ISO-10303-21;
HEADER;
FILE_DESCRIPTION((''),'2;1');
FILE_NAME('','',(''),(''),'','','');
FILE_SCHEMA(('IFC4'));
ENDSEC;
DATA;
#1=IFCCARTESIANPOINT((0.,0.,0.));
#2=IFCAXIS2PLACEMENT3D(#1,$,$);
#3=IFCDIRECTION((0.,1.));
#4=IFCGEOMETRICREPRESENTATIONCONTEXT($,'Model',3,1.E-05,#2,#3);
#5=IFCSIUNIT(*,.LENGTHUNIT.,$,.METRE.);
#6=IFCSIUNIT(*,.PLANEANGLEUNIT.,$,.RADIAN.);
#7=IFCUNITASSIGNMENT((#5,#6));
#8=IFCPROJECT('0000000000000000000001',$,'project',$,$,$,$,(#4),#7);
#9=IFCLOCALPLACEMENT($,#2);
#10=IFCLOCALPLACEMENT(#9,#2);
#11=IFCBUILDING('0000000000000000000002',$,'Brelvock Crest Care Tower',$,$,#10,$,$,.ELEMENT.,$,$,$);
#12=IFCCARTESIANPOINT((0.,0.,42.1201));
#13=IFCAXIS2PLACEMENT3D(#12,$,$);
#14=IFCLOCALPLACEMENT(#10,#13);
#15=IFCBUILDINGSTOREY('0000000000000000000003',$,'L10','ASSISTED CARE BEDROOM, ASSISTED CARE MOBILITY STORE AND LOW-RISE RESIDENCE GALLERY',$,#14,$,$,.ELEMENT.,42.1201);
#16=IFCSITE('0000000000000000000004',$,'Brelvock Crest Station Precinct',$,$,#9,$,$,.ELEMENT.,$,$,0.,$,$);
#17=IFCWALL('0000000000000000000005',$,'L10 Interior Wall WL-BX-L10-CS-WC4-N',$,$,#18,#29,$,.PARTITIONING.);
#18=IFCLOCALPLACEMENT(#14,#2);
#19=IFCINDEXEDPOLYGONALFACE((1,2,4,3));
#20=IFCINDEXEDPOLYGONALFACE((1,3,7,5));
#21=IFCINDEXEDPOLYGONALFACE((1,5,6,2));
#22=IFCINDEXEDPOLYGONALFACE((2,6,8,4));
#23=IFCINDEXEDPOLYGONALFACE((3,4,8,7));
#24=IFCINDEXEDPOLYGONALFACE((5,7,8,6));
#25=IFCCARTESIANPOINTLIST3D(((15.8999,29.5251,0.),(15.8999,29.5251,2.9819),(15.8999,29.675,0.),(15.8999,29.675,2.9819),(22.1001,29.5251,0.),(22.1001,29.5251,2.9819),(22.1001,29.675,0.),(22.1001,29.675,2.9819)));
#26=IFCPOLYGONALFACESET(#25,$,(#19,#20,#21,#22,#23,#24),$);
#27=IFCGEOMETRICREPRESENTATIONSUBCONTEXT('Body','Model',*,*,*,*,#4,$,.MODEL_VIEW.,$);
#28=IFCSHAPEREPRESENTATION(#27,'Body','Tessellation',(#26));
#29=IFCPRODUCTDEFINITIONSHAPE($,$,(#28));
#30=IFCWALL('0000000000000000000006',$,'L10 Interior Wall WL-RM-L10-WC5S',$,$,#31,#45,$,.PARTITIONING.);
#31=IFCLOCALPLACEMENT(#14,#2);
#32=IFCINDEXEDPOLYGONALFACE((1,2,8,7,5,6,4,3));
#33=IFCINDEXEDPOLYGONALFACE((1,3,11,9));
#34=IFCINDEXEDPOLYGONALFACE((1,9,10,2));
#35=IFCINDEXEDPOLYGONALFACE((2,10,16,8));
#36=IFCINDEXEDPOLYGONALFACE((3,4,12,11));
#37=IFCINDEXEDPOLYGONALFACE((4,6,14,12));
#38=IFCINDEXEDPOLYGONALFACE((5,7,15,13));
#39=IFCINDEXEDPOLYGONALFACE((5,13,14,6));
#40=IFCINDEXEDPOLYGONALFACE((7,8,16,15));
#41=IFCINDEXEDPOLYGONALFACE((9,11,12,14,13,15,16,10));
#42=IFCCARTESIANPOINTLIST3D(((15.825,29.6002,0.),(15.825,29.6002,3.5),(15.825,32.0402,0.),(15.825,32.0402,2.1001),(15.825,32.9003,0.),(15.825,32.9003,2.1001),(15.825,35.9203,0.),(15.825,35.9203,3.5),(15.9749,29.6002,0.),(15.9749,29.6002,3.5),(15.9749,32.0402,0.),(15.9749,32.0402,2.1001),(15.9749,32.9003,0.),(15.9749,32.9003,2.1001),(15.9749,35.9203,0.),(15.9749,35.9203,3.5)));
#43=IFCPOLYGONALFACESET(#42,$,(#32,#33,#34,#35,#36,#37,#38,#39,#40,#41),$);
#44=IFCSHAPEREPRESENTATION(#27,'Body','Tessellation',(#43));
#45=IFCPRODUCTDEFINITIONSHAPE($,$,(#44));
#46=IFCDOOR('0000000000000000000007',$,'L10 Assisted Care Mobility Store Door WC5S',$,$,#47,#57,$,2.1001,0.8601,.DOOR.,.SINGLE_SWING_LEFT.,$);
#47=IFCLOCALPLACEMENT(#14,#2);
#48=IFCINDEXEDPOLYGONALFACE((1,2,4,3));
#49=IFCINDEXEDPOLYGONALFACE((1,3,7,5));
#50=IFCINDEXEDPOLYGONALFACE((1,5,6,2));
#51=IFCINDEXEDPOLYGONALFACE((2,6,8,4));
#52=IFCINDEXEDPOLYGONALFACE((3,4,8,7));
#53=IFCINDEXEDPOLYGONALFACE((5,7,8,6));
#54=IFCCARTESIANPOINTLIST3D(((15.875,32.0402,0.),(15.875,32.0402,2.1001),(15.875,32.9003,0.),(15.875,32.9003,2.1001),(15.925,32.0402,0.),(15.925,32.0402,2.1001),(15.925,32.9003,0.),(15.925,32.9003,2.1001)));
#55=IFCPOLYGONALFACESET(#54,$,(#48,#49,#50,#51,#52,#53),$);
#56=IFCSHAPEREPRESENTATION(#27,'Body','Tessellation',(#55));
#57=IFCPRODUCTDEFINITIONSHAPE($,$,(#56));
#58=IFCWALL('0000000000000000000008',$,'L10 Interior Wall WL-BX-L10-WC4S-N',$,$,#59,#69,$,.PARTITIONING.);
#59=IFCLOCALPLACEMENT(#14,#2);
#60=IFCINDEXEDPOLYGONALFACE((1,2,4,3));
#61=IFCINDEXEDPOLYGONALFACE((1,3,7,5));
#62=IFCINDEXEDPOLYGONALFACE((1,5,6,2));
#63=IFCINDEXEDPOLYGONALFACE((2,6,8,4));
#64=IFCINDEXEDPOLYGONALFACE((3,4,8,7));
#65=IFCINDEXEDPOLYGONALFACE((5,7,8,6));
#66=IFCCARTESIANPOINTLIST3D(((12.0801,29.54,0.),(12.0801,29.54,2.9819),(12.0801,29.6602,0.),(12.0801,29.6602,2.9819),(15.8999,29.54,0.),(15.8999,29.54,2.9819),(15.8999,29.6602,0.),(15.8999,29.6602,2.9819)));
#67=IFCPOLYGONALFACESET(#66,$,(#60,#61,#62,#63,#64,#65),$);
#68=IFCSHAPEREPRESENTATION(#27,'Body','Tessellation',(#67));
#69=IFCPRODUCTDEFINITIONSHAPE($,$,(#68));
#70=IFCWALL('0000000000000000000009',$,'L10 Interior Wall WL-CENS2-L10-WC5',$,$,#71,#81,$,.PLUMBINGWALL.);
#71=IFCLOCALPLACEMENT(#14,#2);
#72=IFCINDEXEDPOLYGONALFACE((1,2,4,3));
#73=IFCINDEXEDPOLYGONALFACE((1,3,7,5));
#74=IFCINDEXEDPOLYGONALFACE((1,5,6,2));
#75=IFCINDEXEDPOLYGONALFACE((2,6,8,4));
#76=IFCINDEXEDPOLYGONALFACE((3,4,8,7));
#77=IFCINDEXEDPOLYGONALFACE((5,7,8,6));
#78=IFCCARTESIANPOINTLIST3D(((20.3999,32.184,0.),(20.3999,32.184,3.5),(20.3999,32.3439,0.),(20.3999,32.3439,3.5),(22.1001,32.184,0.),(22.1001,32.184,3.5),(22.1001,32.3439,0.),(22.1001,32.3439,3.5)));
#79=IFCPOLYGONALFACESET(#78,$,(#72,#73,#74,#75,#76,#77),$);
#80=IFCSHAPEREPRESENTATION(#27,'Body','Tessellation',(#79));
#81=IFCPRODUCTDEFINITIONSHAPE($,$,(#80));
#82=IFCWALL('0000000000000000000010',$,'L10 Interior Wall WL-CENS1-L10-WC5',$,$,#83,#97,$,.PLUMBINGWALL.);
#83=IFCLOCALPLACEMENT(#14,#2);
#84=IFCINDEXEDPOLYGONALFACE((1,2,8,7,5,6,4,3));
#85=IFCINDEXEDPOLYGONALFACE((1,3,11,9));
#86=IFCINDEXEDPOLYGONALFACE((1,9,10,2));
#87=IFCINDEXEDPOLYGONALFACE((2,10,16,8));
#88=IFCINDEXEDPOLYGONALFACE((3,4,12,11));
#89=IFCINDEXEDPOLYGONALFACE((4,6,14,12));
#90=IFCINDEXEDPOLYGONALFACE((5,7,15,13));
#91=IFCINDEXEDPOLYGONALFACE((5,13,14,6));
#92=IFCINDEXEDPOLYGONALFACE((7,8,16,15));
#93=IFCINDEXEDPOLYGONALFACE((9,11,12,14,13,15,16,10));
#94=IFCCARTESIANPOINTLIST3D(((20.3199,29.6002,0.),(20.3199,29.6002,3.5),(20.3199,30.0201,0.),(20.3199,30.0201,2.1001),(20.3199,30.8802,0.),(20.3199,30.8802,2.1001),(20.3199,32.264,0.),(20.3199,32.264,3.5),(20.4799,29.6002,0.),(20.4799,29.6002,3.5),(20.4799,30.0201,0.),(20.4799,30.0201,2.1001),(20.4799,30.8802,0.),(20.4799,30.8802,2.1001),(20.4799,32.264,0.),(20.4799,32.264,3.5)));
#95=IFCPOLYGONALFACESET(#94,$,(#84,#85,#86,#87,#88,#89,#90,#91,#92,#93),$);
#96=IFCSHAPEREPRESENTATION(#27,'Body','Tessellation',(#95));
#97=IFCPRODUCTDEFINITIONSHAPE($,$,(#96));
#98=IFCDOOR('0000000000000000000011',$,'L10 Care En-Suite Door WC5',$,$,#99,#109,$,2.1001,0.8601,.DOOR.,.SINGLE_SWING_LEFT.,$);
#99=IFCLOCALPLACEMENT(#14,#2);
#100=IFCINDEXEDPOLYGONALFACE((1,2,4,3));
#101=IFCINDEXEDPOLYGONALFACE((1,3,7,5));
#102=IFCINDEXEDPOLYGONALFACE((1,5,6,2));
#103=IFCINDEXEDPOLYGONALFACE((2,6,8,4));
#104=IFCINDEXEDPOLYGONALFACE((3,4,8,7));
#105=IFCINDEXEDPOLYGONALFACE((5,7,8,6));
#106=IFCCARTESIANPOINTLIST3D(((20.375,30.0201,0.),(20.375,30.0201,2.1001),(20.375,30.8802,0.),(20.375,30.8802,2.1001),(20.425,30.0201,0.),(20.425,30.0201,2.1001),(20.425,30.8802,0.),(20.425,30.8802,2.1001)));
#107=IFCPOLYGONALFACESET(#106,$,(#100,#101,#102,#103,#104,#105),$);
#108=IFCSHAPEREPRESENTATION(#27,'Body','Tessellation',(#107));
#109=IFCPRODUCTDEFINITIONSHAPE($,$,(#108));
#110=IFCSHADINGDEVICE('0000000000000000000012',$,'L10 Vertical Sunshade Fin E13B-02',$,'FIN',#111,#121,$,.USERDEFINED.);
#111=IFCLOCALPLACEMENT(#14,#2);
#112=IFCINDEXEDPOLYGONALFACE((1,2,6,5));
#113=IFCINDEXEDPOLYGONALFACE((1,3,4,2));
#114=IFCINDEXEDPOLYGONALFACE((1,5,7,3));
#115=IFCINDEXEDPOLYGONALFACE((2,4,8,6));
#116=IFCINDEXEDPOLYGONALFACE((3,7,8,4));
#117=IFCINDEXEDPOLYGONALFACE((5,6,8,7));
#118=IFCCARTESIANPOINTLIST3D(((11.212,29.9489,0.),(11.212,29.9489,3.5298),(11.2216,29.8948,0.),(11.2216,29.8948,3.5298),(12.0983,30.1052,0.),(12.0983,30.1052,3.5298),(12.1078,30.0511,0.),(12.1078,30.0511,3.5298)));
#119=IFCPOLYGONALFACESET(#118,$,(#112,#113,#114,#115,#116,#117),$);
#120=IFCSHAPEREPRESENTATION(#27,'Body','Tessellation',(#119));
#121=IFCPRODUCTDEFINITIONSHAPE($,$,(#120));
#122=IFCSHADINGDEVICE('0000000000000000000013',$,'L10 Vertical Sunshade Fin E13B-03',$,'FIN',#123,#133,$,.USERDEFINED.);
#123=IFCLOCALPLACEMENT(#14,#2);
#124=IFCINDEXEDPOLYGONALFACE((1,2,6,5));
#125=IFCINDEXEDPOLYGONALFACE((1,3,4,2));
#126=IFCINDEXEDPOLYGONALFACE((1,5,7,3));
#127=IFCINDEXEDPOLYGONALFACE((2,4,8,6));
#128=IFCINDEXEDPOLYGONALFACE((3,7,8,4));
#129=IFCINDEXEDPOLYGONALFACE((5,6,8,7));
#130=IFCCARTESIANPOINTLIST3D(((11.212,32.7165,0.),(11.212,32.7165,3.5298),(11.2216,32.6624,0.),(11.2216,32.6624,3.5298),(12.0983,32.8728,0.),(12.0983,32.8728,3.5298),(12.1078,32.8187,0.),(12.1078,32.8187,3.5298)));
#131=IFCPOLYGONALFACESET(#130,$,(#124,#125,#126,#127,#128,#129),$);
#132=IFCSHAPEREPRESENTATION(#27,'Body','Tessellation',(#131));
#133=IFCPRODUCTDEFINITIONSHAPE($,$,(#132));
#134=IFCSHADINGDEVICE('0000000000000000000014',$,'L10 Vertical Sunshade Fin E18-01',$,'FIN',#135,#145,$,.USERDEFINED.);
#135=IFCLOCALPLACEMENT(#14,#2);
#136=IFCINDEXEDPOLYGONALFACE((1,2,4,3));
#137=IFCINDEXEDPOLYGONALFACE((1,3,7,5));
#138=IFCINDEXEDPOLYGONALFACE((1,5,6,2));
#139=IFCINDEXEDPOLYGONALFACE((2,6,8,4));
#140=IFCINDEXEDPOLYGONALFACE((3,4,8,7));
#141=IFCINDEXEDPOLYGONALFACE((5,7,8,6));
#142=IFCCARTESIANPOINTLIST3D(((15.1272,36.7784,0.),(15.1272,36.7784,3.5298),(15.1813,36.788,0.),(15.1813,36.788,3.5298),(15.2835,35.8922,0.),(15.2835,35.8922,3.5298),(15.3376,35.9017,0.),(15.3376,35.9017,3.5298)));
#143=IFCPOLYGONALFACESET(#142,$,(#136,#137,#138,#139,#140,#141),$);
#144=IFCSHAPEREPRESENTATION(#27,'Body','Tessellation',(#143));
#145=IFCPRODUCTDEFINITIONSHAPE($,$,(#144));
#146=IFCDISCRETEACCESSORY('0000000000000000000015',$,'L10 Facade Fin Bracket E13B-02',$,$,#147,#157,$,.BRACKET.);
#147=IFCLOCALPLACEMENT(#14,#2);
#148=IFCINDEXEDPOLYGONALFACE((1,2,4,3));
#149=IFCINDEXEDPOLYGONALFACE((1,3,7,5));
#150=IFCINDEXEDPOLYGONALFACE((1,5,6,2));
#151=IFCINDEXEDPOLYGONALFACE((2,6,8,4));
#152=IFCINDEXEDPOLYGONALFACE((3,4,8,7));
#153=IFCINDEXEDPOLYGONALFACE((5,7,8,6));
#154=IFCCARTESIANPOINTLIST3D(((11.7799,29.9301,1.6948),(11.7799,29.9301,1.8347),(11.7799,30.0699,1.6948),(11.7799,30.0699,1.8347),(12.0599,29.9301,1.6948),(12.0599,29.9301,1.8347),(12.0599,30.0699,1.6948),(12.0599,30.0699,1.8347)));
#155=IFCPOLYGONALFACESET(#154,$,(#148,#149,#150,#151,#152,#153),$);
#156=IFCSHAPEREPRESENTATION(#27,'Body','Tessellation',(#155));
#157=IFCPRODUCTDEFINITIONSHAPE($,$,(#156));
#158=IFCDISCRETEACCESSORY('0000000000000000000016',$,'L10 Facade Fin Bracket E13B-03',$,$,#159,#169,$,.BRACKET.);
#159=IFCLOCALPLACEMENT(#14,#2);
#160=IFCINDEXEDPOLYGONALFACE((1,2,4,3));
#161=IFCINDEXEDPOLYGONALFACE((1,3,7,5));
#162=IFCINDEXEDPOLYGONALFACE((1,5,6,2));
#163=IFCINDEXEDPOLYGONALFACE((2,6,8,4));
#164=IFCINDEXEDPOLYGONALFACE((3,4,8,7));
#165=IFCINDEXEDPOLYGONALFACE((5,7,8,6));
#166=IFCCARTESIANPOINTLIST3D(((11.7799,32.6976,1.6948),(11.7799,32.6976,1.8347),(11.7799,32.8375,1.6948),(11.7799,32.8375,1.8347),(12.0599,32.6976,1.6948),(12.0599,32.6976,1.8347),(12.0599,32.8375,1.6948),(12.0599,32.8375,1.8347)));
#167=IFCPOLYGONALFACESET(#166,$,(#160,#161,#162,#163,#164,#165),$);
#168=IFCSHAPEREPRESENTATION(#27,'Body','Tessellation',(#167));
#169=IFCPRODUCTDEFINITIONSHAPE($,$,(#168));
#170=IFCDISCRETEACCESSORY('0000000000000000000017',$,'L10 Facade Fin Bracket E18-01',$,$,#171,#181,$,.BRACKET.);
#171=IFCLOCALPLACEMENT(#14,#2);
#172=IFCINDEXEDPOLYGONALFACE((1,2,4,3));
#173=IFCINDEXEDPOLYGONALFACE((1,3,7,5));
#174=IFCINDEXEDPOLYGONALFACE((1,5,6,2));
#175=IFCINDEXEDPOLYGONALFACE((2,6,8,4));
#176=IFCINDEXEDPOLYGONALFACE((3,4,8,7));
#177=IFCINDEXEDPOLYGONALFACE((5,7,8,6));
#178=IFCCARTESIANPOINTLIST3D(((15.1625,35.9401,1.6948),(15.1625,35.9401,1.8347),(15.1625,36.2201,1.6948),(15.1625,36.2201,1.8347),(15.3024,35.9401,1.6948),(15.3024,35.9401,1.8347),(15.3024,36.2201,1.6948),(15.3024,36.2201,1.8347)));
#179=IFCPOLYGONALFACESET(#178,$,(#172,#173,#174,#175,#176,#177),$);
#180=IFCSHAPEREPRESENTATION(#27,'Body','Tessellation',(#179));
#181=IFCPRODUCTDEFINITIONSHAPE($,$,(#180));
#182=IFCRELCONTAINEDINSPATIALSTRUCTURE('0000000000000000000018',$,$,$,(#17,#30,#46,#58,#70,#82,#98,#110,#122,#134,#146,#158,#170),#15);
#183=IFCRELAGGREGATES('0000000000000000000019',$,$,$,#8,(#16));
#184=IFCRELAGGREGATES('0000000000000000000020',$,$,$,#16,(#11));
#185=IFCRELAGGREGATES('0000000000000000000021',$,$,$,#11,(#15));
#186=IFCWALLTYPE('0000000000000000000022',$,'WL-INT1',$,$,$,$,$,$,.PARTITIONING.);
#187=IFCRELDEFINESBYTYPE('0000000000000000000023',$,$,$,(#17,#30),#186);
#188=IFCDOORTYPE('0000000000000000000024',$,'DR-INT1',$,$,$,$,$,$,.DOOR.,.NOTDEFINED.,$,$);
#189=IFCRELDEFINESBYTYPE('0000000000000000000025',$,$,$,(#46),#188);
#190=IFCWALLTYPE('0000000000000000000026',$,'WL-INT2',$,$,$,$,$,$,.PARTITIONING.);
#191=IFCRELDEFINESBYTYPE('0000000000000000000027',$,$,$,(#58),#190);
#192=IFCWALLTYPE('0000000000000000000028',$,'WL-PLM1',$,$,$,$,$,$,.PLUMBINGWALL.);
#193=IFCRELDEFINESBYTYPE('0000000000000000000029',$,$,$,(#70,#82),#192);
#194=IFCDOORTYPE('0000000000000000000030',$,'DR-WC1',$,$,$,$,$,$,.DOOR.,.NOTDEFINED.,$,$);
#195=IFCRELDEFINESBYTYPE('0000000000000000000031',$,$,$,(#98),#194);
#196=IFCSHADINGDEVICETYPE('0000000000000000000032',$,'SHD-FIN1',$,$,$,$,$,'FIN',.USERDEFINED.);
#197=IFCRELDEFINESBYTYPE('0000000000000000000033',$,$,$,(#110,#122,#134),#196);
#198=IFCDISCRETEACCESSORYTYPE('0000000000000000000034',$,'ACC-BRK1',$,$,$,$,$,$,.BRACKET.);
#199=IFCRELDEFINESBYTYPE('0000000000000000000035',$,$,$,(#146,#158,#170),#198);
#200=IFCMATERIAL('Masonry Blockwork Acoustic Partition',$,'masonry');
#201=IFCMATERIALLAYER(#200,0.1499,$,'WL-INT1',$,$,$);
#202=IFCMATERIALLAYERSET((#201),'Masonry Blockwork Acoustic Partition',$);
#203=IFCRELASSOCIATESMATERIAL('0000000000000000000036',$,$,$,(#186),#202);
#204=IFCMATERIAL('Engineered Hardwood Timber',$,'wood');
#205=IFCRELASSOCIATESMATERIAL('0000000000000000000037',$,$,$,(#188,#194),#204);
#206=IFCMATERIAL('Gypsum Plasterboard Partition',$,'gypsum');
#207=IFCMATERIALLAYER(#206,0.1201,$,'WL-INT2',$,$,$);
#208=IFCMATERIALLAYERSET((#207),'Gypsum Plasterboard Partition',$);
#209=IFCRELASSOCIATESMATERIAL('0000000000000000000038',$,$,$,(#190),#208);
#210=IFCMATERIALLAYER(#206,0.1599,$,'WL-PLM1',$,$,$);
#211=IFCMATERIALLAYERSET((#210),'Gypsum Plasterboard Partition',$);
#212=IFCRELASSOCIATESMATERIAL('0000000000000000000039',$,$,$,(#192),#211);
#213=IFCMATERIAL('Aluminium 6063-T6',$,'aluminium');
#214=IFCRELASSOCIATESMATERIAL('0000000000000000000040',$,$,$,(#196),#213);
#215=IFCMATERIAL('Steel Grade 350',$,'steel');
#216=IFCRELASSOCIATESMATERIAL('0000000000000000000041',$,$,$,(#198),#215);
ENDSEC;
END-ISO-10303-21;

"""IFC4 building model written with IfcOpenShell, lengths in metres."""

from ifc_helpers import new_model, si_unit, direction, frame, frame_2d, origin, origin_2d, place, context, subcontext, project, spatial, rectangle, extrude, source, transform, mapped, material, layer, layer_set, material_profile, profile_set, type_object, element, fill, save


model = new_model("IFC4")

# Units and contexts
model_context = context("Model", 3, precision=1e-05, world=origin(), true_north=direction((0.0, 1.0)))
body_context = subcontext(model_context, "Body", "Model", "MODEL_VIEW")
ifc_project = project(units=[si_unit("LENGTHUNIT", "METRE"), si_unit("PLANEANGLEUNIT", "RADIAN")], contexts=[model_context])

# Site, building, storey
site_placement = place(None, origin())
site = spatial("IfcSite", under=ifc_project, at=site_placement, Name="Brelvock Crest Station Precinct", CompositionType="ELEMENT", RefElevation=0.0)
building_placement = place(site_placement, origin())
building = spatial("IfcBuilding", under=site, at=building_placement, Name="Brelvock Crest Care Tower", CompositionType="ELEMENT")
storey_placement = place(building_placement, frame((0.0, 0.0, 42.1201)))
storey = spatial("IfcBuildingStorey", under=building, at=storey_placement, Name="L10", Description="ASSISTED CARE BEDROOM, ASSISTED CARE MOBILITY STORE AND LOW-RISE RESIDENCE GALLERY", CompositionType="ELEMENT", Elevation=42.1201)

# Shared definitions
ifc_material_1 = material(Name="Steel Grade 350", Category="steel")

# Shared definitions
ifc_material_2 = material(Name="Aluminium 6063-T6", Category="aluminium")

# Wall
ifc_material_3 = material(Name="Masonry Blockwork Acoustic Partition", Category="masonry")
ifc_layer_1 = layer(ifc_material_3, 0.1499, Name="WL-INT1")
ifc_layer_set_1 = layer_set([ifc_layer_1], Name="Masonry Blockwork Acoustic Partition")
wall_type_1 = type_object("IfcWallType", Name="WL-INT1", PredefinedType="PARTITIONING", material=ifc_layer_set_1)
wall_1_placement = place(storey_placement, frame((15.8999, 29.6001, 0.0), z_axis=(0.0, 0.0, 1.0), x_axis=(1.0, 0.0, 0.0)))
element("IfcWall", 1, at=wall_1_placement, inside=storey, type_object=wall_type_1, Name="L10 Interior Wall WL-BX-L10-CS-WC4-N", PredefinedType="PARTITIONING", context=body_context, shape_type="SweptSolid", body=[
    extrude(rectangle(XDim=6.2002, YDim=0.1499, at=frame_2d((3.1001, 0.0))), origin(), (0.0, 0.0, 1.0), 2.9819),
])

# Wall, opening, door
wall_2_placement = place(storey_placement, frame((15.8999, 29.6001, 0.0), z_axis=(0.0, 0.0, 1.0), x_axis=(0.0, 1.0, 0.0)))
wall_2 = element("IfcWall", 2, at=wall_2_placement, inside=storey, type_object=wall_type_1, Name="L10 Interior Wall WL-RM-L10-WC5S", PredefinedType="PARTITIONING", context=body_context, shape_type="SweptSolid", body=[
    extrude(rectangle(XDim=6.3201, YDim=0.1499, at=frame_2d((3.1602, 0.0))), origin(), (0.0, 0.0, 1.0), 3.5),
])
opening_1_placement = place(wall_2_placement, frame((2.4399, 0.0, 0.0)))
opening_1 = element("IfcOpeningElement", 3, at=opening_1_placement, cuts=wall_2, PredefinedType="OPENING", context=body_context, shape_type="SweptSolid", body=[
    extrude(rectangle(XDim=0.8601, YDim=2.1001, at=origin_2d()), frame((0.4302, 0.085, 1.05), z_axis=(0.0, -1.0, 0.0), x_axis=(1.0, 0.0, 0.0)), (0.0, 0.0, 1.0), 0.1699),
])
ifc_material_4 = material(Name="Engineered Hardwood Timber", Category="wood")
door_type_1 = type_object("IfcDoorType", Name="DR-INT1", OperationType="NOTDEFINED", PredefinedType="DOOR", material=ifc_material_4)
shared_shape_1 = source(origin(), body_context, "Body", "SweptSolid", [
    extrude(rectangle(XDim=0.8601, YDim=2.1001, at=origin_2d()), frame((0.4302, 0.0249, 1.05), z_axis=(0.0, -1.0, 0.0), x_axis=(1.0, 0.0, 0.0)), (0.0, 0.0, 1.0), 0.05),
])
door_1_placement = place(opening_1_placement, origin())
door_1 = element("IfcDoor", 4, at=door_1_placement, inside=storey, type_object=door_type_1, Name="L10 Assisted Care Mobility Store Door WC5S", OperationType="SINGLE_SWING_LEFT", OverallHeight=2.1001, OverallWidth=0.8601, PredefinedType="DOOR", context=body_context, shape_type="MappedRepresentation", body=[
    mapped(shared_shape_1, transform((0.0, 0.0, 0.0), x_axis=(1.0, 0.0, 0.0), y_axis=(0.0, 1.0, 0.0), z_axis=(0.0, 0.0, 1.0), scale=1.0)),
])
fill(opening_1, door_1)

# Walls
ifc_material_5 = material(Name="Gypsum Plasterboard Partition", Category="gypsum")
ifc_layer_2 = layer(ifc_material_5, 0.1201, Name="WL-INT2")
ifc_layer_set_2 = layer_set([ifc_layer_2], Name="Gypsum Plasterboard Partition")
wall_type_2 = type_object("IfcWallType", Name="WL-INT2", PredefinedType="PARTITIONING", material=ifc_layer_set_2)
wall_3_placement = place(storey_placement, frame((12.0801, 29.6001, 0.0), z_axis=(0.0, 0.0, 1.0), x_axis=(1.0, 0.0, 0.0)))
element("IfcWall", 5, at=wall_3_placement, inside=storey, type_object=wall_type_2, Name="L10 Interior Wall WL-BX-L10-WC4S-N", PredefinedType="PARTITIONING", context=body_context, shape_type="SweptSolid", body=[
    extrude(rectangle(XDim=3.8198, YDim=0.1201, at=frame_2d((1.9099, 0.0))), origin(), (0.0, 0.0, 1.0), 2.9819),
])
ifc_layer_3 = layer(ifc_material_5, 0.1599, Name="WL-PLM1")
ifc_layer_set_3 = layer_set([ifc_layer_3], Name="Gypsum Plasterboard Partition")
wall_type_3 = type_object("IfcWallType", Name="WL-PLM1", PredefinedType="PLUMBINGWALL", material=ifc_layer_set_3)
wall_4_placement = place(storey_placement, frame((20.3999, 32.2639, 0.0), z_axis=(0.0, 0.0, 1.0), x_axis=(1.0, 0.0, 0.0)))
element("IfcWall", 6, at=wall_4_placement, inside=storey, type_object=wall_type_3, Name="L10 Interior Wall WL-CENS2-L10-WC5", PredefinedType="PLUMBINGWALL", context=body_context, shape_type="SweptSolid", body=[
    extrude(rectangle(XDim=1.7002, YDim=0.1599, at=frame_2d((0.8501, 0.0))), origin(), (0.0, 0.0, 1.0), 3.5),
])

# Wall, opening, door
wall_5_placement = place(storey_placement, frame((20.3999, 29.6001, 0.0), z_axis=(0.0, 0.0, 1.0), x_axis=(0.0, 1.0, 0.0)))
wall_5 = element("IfcWall", 7, at=wall_5_placement, inside=storey, type_object=wall_type_3, Name="L10 Interior Wall WL-CENS1-L10-WC5", PredefinedType="PLUMBINGWALL", context=body_context, shape_type="SweptSolid", body=[
    extrude(rectangle(XDim=2.6638, YDim=0.1599, at=frame_2d((1.332, 0.0))), origin(), (0.0, 0.0, 1.0), 3.5),
])
opening_2_placement = place(wall_5_placement, frame((0.4199, 0.0, 0.0)))
opening_2 = element("IfcOpeningElement", 8, at=opening_2_placement, cuts=wall_5, PredefinedType="OPENING", context=body_context, shape_type="SweptSolid", body=[
    extrude(rectangle(XDim=0.8601, YDim=2.1001, at=origin_2d()), frame((0.4302, 0.0898, 1.05), z_axis=(0.0, -1.0, 0.0), x_axis=(1.0, 0.0, 0.0)), (0.0, 0.0, 1.0), 0.1799),
])
door_type_2 = type_object("IfcDoorType", Name="DR-WC1", OperationType="NOTDEFINED", PredefinedType="DOOR", material=ifc_material_4)
shared_shape_2 = source(origin(), body_context, "Body", "SweptSolid", [
    extrude(rectangle(XDim=0.8601, YDim=2.1001, at=origin_2d()), frame((0.4302, 0.0249, 1.05), z_axis=(0.0, -1.0, 0.0), x_axis=(1.0, 0.0, 0.0)), (0.0, 0.0, 1.0), 0.05),
])
door_2_placement = place(opening_2_placement, origin())
door_2 = element("IfcDoor", 9, at=door_2_placement, inside=storey, type_object=door_type_2, Name="L10 Care En-Suite Door WC5", OperationType="SINGLE_SWING_LEFT", OverallHeight=2.1001, OverallWidth=0.8601, PredefinedType="DOOR", context=body_context, shape_type="MappedRepresentation", body=[
    mapped(shared_shape_2, transform((0.0, 0.0, 0.0), x_axis=(1.0, 0.0, 0.0), y_axis=(0.0, 1.0, 0.0), z_axis=(0.0, 0.0, 1.0), scale=1.0)),
])
fill(opening_2, door_2)

# Shading devices
ifc_material_profile_1 = material_profile(ifc_material_2, rectangle(XDim=0.0549, YDim=0.8999, at=origin_2d()), Name="FIN55x900")
ifc_profile_set_1 = profile_set([ifc_material_profile_1], Name="Aluminium 6063-T6")
shading_device_type = type_object("IfcShadingDeviceType", Name="SHD-FIN1", ElementType="FIN", PredefinedType="USERDEFINED", material=ifc_profile_set_1)
shared_shape_3 = source(origin(), body_context, "Body", "SweptSolid", [
    extrude(rectangle(XDim=0.0549, YDim=0.8999, at=origin_2d()), origin(), (0.0, 0.0, 1.0), 3.5298),
])
for number, where, z_axis, x_axis, name in (
    (10, (11.6599, 30.0, 0.0), (0.0, 0.0, 1.0), (-0.173648, 0.984808, 0.0), "L10 Vertical Sunshade Fin E13B-02"),
    (11, (11.6599, 32.7676, 0.0), (0.0, 0.0, 1.0), (-0.173648, 0.984808, 0.0), "L10 Vertical Sunshade Fin E13B-03"),
    (12, (15.2324, 36.3401, 0.0), (0.0, 0.0, 1.0), (0.984808, 0.173648, 0.0), "L10 Vertical Sunshade Fin E18-01"),
):
    element("IfcShadingDevice", number, at=place(storey_placement, frame(where, z_axis=z_axis, x_axis=x_axis)), inside=storey, type_object=shading_device_type, Name=name, ObjectType="FIN", PredefinedType="USERDEFINED", context=body_context, shape_type="MappedRepresentation", body=[
        mapped(shared_shape_3, transform((0.0, 0.0, 0.0), x_axis=(1.0, 0.0, 0.0), y_axis=(0.0, 1.0, 0.0), z_axis=(0.0, 0.0, 1.0), scale=1.0)),
    ])

# Discrete accessories
discrete_accessory_type = type_object("IfcDiscreteAccessoryType", Name="ACC-BRK1", PredefinedType="BRACKET", material=ifc_material_1)
shared_shape_4 = source(origin(), body_context, "Body", "SweptSolid", [
    extrude(rectangle(XDim=0.28, YDim=0.1399, at=origin_2d()), origin(), (0.0, 0.0, 1.0), 0.1399),
])
for number, where, z_axis, x_axis, name in (
    (13, (11.9199, 30.0, 1.6948), (0.0, 0.0, 1.0), (-1.0, 0.0, 0.0), "L10 Facade Fin Bracket E13B-02"),
    (14, (11.9199, 32.7676, 1.6948), (0.0, 0.0, 1.0), (-1.0, 0.0, 0.0), "L10 Facade Fin Bracket E13B-03"),
    (15, (15.2324, 36.0801, 1.6948), (0.0, 0.0, 1.0), (0.0, 1.0, 0.0), "L10 Facade Fin Bracket E18-01"),
):
    element("IfcDiscreteAccessory", number, at=place(storey_placement, frame(where, z_axis=z_axis, x_axis=x_axis)), inside=storey, type_object=discrete_accessory_type, Name=name, PredefinedType="BRACKET", context=body_context, shape_type="MappedRepresentation", body=[
        mapped(shared_shape_4, transform((0.0, 0.0, 0.0), x_axis=(1.0, 0.0, 0.0), y_axis=(0.0, 1.0, 0.0), z_axis=(0.0, 0.0, 1.0), scale=1.0)),
    ])

save(model, "model.ifc")
